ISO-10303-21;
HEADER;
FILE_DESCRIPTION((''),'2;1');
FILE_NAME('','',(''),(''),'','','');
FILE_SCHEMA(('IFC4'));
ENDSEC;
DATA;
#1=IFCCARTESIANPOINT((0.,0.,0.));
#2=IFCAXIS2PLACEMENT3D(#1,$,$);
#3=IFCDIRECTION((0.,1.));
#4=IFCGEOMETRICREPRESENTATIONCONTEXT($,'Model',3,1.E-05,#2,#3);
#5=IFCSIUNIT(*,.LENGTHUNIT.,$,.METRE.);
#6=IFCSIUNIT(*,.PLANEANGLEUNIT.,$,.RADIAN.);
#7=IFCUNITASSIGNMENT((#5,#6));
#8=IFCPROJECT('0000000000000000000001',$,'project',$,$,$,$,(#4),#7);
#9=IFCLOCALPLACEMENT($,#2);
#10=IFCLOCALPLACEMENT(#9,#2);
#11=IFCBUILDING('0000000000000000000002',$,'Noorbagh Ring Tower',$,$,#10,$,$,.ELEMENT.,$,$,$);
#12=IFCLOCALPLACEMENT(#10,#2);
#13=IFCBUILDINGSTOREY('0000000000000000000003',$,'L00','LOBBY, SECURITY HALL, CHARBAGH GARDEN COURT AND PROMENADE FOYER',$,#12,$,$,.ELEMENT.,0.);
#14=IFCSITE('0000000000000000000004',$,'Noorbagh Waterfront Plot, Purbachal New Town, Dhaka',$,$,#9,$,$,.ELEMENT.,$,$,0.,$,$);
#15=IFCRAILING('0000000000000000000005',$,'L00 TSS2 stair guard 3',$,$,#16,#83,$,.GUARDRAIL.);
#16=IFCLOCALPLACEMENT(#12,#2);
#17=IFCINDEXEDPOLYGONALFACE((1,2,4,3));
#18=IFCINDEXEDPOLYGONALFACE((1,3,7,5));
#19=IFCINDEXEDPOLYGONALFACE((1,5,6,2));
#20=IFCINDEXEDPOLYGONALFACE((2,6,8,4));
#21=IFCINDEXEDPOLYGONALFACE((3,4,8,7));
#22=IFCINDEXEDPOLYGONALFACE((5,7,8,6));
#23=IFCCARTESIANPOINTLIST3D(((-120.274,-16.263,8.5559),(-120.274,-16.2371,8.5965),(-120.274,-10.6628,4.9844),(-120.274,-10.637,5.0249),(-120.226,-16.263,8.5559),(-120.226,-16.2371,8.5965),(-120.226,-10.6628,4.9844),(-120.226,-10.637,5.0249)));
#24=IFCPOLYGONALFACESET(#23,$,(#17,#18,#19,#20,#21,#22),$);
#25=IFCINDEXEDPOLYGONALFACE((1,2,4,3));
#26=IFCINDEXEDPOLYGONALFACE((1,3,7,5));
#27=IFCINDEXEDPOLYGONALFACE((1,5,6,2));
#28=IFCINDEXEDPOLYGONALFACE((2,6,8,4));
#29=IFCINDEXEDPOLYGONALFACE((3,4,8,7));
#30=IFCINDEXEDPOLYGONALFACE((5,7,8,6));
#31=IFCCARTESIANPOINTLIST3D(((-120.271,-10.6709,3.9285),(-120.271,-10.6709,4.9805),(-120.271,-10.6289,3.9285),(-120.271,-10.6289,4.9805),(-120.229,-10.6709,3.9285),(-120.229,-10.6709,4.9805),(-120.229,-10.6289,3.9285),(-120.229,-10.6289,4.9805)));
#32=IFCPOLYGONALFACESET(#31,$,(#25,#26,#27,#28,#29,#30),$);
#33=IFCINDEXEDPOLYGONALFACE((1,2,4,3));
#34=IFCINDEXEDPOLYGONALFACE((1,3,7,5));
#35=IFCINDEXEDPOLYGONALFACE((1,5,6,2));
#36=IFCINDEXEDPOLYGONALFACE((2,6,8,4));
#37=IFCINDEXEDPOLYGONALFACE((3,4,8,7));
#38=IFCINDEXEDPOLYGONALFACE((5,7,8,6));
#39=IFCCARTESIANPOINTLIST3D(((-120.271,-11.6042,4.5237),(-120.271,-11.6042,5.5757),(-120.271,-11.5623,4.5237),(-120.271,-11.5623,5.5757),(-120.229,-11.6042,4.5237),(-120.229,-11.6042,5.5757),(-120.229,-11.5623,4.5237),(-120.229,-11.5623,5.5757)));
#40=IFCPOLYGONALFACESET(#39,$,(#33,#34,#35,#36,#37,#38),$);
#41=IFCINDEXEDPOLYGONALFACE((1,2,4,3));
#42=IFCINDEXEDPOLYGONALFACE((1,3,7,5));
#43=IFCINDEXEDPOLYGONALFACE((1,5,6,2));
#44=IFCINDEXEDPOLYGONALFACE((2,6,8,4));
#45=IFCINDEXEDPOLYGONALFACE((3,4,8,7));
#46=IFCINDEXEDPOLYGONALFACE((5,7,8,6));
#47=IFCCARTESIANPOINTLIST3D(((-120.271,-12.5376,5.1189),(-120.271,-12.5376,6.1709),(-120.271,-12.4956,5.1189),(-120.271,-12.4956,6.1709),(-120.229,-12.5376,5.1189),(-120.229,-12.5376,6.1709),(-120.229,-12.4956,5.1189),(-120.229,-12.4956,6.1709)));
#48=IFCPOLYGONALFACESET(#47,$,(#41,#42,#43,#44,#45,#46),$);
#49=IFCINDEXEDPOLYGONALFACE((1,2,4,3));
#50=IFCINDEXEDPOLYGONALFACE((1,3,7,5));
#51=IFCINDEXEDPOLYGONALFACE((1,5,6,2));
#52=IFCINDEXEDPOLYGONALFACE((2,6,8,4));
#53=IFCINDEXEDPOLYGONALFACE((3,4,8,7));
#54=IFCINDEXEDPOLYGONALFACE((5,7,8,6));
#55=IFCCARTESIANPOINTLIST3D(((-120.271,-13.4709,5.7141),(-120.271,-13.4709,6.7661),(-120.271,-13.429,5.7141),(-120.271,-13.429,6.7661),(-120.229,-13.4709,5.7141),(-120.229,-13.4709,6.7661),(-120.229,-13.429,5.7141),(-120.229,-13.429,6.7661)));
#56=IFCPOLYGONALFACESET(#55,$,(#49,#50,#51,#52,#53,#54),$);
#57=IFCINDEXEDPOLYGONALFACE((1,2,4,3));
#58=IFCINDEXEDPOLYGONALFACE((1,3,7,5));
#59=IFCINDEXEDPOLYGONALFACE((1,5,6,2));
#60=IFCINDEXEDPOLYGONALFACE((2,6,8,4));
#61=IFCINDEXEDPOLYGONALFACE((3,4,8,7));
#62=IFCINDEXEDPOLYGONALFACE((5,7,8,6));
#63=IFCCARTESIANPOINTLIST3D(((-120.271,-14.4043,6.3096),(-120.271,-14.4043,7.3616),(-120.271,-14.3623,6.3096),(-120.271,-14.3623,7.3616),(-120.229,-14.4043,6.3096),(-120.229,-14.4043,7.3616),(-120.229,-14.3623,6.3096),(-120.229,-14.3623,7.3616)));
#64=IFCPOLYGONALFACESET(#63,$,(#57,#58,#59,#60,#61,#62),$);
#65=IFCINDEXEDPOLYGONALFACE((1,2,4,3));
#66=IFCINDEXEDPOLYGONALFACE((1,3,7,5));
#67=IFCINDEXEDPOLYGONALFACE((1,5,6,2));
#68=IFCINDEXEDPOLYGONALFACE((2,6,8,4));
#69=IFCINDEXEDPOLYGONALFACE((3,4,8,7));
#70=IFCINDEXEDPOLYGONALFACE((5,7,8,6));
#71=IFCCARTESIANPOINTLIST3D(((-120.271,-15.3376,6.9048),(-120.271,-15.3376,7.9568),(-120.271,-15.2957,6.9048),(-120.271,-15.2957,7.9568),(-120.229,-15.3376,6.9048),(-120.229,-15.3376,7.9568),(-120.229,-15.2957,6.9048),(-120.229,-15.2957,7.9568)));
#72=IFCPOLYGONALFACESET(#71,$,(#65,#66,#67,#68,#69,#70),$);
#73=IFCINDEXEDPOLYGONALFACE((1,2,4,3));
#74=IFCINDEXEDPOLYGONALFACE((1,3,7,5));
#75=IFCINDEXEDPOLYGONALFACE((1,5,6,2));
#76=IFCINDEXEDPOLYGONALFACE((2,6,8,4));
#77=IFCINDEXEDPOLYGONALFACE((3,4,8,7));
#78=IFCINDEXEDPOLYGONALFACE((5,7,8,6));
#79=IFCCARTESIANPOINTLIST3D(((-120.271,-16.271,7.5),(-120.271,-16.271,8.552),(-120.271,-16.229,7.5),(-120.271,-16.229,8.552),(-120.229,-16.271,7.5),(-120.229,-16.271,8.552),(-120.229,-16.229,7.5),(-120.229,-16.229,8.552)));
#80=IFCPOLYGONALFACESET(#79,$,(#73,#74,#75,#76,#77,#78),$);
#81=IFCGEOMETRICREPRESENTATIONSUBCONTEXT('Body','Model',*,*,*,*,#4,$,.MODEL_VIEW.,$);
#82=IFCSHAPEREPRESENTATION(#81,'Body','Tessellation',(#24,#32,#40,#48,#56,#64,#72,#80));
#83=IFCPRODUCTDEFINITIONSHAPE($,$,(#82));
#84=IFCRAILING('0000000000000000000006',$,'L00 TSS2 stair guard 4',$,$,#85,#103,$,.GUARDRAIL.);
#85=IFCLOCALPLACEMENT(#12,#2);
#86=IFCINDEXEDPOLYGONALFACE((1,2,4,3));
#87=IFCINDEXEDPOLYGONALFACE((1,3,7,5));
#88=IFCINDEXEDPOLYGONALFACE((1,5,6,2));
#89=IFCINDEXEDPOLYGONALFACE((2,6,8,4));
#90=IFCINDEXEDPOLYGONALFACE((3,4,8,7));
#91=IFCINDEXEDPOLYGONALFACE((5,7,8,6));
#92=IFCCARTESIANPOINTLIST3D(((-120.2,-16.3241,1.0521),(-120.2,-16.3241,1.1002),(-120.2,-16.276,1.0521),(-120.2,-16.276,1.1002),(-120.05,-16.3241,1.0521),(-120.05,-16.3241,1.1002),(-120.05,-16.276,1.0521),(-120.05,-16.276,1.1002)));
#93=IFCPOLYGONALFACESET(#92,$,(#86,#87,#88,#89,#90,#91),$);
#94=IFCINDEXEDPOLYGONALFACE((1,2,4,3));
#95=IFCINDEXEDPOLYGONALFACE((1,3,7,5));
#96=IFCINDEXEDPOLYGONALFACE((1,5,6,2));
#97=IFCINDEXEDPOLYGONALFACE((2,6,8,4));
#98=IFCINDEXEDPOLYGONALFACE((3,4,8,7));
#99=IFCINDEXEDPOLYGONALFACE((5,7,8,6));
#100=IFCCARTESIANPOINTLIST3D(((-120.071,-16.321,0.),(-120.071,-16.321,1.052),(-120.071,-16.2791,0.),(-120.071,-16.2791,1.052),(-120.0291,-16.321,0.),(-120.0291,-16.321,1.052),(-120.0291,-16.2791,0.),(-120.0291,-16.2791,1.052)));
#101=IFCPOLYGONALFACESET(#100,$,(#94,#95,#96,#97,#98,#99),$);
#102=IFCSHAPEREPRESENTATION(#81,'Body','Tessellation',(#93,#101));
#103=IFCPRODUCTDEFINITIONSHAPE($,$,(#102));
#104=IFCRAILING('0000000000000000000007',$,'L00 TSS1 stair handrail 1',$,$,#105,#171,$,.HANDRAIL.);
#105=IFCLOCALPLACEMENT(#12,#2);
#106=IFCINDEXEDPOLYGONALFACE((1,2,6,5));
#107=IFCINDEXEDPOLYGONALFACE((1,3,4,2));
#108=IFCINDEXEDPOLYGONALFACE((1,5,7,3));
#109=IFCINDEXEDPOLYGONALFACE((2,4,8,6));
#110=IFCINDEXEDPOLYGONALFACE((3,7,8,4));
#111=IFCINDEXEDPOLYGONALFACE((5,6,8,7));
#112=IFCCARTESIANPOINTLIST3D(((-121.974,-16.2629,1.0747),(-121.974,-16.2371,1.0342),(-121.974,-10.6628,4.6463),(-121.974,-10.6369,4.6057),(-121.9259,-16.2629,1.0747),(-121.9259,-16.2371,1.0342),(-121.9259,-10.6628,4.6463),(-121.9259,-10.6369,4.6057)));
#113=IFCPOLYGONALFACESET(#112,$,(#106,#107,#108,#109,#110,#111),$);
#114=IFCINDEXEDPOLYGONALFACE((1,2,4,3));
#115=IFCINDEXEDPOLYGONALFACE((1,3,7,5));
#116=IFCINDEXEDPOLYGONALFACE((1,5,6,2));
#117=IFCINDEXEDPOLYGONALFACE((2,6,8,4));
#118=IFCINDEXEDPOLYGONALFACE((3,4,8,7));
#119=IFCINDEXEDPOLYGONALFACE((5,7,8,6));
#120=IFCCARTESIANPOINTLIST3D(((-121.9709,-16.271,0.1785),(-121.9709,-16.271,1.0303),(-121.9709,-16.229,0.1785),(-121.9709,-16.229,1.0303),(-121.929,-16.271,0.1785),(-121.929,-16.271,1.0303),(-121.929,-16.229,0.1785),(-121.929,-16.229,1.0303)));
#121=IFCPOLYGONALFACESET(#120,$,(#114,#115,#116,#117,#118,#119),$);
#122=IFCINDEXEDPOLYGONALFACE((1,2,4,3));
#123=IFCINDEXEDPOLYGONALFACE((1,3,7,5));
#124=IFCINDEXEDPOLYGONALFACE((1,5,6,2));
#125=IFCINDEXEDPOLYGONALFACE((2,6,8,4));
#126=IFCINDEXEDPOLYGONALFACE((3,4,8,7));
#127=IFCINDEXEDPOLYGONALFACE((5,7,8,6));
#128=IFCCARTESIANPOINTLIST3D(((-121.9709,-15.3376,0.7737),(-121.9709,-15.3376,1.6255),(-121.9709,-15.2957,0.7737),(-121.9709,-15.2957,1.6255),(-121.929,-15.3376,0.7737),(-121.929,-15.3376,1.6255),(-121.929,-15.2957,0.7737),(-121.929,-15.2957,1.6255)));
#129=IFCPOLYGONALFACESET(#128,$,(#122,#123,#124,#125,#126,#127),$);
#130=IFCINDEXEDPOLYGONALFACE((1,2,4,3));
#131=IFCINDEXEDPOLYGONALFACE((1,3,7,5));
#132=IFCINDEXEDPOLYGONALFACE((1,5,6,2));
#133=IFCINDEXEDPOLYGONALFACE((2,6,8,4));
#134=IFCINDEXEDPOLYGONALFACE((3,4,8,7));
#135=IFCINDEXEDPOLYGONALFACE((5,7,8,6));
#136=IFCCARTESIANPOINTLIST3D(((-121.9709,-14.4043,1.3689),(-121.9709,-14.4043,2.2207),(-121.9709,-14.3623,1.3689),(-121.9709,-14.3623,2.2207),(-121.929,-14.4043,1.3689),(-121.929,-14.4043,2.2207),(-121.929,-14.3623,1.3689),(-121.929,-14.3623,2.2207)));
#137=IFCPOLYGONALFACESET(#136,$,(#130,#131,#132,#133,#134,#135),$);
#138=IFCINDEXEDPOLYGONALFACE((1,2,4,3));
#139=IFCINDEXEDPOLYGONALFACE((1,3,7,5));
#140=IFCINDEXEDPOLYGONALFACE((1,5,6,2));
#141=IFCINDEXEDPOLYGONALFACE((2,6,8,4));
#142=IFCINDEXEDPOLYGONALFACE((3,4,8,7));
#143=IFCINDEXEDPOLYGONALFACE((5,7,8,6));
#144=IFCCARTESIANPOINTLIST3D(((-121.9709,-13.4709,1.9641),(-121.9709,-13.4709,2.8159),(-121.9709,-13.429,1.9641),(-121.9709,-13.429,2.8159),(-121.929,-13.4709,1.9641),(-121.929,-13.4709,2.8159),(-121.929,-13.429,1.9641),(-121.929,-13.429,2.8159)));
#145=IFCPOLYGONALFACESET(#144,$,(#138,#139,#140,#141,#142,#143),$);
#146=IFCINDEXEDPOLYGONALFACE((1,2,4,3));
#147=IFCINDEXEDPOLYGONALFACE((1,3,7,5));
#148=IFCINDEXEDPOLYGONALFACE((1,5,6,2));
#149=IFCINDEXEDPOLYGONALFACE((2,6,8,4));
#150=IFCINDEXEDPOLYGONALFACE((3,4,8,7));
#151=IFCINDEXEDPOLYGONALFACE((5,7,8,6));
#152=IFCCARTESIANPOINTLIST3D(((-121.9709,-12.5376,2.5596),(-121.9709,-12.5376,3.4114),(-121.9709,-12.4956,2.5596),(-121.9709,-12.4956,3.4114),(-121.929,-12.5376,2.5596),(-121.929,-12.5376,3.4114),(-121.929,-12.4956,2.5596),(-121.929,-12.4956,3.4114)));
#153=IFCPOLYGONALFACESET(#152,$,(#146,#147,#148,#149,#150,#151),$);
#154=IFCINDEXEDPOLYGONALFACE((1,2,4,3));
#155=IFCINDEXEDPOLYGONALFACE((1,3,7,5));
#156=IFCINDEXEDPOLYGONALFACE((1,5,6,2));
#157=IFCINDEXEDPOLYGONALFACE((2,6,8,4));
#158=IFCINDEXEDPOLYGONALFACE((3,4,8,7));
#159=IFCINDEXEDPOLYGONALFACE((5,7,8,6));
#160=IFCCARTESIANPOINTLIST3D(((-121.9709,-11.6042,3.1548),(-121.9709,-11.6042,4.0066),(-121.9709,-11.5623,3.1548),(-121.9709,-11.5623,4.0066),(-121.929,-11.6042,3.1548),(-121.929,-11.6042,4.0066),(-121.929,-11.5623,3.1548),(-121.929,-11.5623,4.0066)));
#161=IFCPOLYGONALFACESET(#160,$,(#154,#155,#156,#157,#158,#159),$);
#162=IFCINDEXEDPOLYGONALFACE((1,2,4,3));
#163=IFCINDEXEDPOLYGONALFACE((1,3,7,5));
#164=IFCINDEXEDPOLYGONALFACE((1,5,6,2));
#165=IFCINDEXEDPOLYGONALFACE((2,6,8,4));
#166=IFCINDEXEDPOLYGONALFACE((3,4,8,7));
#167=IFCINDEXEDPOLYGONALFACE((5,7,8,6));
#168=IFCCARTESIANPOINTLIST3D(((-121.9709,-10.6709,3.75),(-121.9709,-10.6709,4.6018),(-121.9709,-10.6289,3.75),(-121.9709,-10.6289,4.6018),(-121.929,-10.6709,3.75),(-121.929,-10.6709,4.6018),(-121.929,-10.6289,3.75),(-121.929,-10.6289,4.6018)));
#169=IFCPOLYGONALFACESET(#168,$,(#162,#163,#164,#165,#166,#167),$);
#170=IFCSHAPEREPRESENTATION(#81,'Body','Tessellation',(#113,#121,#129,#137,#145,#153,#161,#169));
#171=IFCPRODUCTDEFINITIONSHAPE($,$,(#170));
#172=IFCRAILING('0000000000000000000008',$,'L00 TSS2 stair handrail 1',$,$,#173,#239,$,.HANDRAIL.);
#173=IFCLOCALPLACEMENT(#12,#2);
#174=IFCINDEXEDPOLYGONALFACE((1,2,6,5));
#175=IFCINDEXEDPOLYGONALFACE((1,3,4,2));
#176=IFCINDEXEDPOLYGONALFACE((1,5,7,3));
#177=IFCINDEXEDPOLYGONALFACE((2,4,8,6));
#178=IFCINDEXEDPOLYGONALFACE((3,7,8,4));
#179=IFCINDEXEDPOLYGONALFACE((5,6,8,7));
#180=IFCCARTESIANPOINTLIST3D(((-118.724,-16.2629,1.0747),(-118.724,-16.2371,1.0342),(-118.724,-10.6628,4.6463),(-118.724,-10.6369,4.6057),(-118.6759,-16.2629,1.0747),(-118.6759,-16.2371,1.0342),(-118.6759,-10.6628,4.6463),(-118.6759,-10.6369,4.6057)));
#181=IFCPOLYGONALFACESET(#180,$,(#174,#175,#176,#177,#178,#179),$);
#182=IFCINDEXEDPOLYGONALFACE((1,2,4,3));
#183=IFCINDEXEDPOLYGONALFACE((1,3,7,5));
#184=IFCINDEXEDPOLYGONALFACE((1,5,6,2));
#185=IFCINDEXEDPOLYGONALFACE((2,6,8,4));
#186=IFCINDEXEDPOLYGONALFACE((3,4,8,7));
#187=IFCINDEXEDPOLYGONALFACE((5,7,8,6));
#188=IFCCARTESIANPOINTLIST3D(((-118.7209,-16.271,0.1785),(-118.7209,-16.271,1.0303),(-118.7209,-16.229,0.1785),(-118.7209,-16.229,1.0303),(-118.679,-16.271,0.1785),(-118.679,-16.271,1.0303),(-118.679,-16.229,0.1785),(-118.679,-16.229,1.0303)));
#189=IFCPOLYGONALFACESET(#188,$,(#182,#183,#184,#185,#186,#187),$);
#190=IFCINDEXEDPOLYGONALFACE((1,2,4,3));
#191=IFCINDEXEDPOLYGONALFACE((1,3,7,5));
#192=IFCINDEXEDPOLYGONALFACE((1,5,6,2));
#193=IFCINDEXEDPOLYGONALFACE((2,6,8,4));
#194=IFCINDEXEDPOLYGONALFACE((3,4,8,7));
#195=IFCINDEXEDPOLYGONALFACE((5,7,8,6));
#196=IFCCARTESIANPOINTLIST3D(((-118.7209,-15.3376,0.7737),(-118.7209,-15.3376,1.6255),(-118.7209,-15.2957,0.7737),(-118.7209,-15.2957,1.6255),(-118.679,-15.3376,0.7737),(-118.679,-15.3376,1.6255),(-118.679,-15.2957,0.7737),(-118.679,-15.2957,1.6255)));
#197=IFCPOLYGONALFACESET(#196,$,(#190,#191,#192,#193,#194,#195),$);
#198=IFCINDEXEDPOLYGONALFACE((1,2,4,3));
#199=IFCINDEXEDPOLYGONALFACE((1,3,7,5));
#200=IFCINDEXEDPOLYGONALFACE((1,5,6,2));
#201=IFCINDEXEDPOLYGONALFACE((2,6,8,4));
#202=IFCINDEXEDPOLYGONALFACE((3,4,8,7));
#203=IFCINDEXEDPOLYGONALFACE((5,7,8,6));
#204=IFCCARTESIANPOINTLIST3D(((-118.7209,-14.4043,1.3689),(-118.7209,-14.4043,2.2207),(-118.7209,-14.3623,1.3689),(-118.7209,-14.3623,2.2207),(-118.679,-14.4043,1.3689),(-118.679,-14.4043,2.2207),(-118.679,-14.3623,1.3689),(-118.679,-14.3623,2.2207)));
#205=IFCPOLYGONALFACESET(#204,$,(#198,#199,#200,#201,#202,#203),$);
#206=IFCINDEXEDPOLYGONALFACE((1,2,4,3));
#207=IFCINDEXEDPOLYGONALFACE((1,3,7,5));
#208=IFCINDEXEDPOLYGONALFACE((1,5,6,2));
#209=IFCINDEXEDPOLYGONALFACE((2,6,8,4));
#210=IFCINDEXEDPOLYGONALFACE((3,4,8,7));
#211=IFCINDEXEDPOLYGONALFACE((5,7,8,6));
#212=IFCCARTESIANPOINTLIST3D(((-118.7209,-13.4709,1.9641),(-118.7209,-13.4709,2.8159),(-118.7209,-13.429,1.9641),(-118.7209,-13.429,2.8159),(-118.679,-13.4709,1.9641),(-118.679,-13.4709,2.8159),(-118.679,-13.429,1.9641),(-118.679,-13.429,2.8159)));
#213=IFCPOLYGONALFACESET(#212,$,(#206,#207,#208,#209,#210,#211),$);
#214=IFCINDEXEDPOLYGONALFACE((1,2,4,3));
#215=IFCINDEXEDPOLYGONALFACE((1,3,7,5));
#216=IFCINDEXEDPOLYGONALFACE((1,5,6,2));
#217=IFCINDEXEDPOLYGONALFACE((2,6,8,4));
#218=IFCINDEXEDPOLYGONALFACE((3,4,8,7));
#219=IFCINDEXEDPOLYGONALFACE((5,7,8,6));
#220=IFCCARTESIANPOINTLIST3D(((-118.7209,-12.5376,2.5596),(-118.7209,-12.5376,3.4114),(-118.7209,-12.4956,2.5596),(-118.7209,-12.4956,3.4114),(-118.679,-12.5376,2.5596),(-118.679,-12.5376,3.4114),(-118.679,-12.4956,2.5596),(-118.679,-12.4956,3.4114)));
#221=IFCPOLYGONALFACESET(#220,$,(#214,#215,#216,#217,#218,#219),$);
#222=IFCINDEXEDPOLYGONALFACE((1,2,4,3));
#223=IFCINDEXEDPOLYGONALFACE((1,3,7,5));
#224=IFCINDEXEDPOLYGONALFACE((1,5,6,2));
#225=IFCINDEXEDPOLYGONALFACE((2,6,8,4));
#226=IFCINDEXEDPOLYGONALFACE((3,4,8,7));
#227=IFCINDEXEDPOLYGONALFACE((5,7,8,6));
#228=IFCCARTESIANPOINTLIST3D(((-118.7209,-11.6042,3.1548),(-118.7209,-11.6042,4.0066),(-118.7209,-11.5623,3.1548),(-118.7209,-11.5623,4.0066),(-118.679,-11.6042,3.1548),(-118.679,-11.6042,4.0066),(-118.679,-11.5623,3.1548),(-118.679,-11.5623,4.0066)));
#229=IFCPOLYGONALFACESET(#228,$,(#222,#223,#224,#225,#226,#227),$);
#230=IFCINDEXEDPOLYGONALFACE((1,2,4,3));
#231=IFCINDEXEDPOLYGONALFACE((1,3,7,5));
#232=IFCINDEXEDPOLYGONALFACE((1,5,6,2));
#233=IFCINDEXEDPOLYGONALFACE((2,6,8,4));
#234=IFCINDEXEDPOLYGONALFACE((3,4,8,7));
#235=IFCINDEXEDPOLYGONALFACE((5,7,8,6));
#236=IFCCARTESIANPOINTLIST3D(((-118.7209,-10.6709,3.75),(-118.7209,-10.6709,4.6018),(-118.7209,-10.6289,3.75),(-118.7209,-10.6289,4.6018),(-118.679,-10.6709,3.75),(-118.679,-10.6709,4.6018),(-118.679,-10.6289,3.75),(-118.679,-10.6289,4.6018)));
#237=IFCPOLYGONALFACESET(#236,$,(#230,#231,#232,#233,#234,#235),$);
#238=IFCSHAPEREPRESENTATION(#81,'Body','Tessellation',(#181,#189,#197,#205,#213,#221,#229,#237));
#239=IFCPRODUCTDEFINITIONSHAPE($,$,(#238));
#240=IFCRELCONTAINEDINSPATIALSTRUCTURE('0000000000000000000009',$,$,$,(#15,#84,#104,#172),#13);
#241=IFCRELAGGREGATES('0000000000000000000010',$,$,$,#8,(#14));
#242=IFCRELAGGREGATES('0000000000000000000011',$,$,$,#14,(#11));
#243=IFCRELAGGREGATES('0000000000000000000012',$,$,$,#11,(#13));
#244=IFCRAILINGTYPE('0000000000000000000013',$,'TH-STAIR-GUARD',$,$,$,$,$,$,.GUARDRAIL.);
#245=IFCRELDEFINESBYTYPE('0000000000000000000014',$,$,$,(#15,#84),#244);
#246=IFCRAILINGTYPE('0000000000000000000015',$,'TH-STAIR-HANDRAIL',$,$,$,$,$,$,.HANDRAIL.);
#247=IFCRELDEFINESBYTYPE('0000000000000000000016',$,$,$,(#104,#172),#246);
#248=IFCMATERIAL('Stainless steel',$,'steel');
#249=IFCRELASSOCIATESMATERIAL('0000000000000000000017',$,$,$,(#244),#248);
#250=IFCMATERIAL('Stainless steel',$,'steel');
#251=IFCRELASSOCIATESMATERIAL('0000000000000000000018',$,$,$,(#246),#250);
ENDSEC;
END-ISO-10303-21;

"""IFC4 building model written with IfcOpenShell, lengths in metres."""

from ifc_helpers import new_model, si_unit, direction, frame, origin, origin_2d, place, context, subcontext, project, spatial, rectangle, extrude, material, type_object, element, save


model = new_model("IFC4")

# Units and contexts
model_context = context("Model", 3, precision=1e-05, world=origin(), true_north=direction((0.0, 1.0)))
body_context = subcontext(model_context, "Body", "Model", "MODEL_VIEW")
ifc_project = project(units=[si_unit("LENGTHUNIT", "METRE"), si_unit("PLANEANGLEUNIT", "RADIAN")], contexts=[model_context])

# Site, building, storey
site_placement = place(None, origin())
site = spatial("IfcSite", under=ifc_project, at=site_placement, Name="Noorbagh Waterfront Plot, Purbachal New Town, Dhaka", CompositionType="ELEMENT", RefElevation=0.0)
building_placement = place(site_placement, origin())
building = spatial("IfcBuilding", under=site, at=building_placement, Name="Noorbagh Ring Tower", CompositionType="ELEMENT")
storey_placement = place(building_placement, origin())
storey = spatial("IfcBuildingStorey", under=building, at=storey_placement, Name="L00", Description="LOBBY, SECURITY HALL, CHARBAGH GARDEN COURT AND PROMENADE FOYER", CompositionType="ELEMENT", Elevation=0.0)

# Railings
ifc_material_1 = material(Name="Stainless steel", Category="steel")
railing_type_1 = type_object("IfcRailingType", Name="TH-STAIR-GUARD", PredefinedType="GUARDRAIL", material=ifc_material_1)
railing_1_placement = place(storey_placement, frame((-120.25, -10.6499, 3.9285)))
element("IfcRailing", 1, at=railing_1_placement, inside=storey, type_object=railing_type_1, Name="L00 TSS2 stair guard 3", PredefinedType="GUARDRAIL", context=body_context, shape_type="SweptSolid", body=[
    extrude(rectangle(XDim=0.0481, YDim=0.0481, at=origin_2d()), frame((0.0, 0.0, 1.0762), z_axis=(0.0, -0.843127, 0.537715), x_axis=(1.0, 0.0, 0.0)), (0.0, 0.0, 1.0), 6.6421),
    extrude(rectangle(XDim=0.042, YDim=0.042, at=origin_2d()), origin(), (0.0, 0.0, 1.0), 1.052),
    extrude(rectangle(XDim=0.042, YDim=0.042, at=origin_2d()), frame((0.0, -0.9333, 0.5952)), (0.0, 0.0, 1.0), 1.052),
    extrude(rectangle(XDim=0.042, YDim=0.042, at=origin_2d()), frame((0.0, -1.8667, 1.1904)), (0.0, 0.0, 1.0), 1.052),
    extrude(rectangle(XDim=0.042, YDim=0.042, at=origin_2d()), frame((0.0, -2.8, 1.7856)), (0.0, 0.0, 1.0), 1.052),
    extrude(rectangle(XDim=0.042, YDim=0.042, at=origin_2d()), frame((0.0, -3.7334, 2.3811)), (0.0, 0.0, 1.0), 1.052),
    extrude(rectangle(XDim=0.042, YDim=0.042, at=origin_2d()), frame((0.0, -4.6667, 2.9763)), (0.0, 0.0, 1.0), 1.052),
    extrude(rectangle(XDim=0.042, YDim=0.042, at=origin_2d()), frame((0.0, -5.6001, 3.5715)), (0.0, 0.0, 1.0), 1.052),
])
railing_2_placement = place(storey_placement, frame((-120.05, -16.3, 0.0)))
element("IfcRailing", 2, at=railing_2_placement, inside=storey, type_object=railing_type_1, Name="L00 TSS2 stair guard 4", PredefinedType="GUARDRAIL", context=body_context, shape_type="SweptSolid", body=[
    extrude(rectangle(XDim=0.0481, YDim=0.0481, at=origin_2d()), frame((0.0, 0.0, 1.0762), z_axis=(-1.0, 0.0, 0.0), x_axis=(0.0, -1.0, 0.0)), (0.0, 0.0, 1.0), 0.1499),
    extrude(rectangle(XDim=0.042, YDim=0.042, at=origin_2d()), origin(), (0.0, 0.0, 1.0), 1.052),
])
ifc_material_2 = material(Name="Stainless steel", Category="steel")
railing_type_2 = type_object("IfcRailingType", Name="TH-STAIR-HANDRAIL", PredefinedType="HANDRAIL", material=ifc_material_2)
for number, where, name in (
    (3, (-121.95, -16.25, 0.1785), "L00 TSS1 stair handrail 1"),
    (4, (-118.7, -16.25, 0.1785), "L00 TSS2 stair handrail 1"),
):
    element("IfcRailing", number, at=place(storey_placement, frame(where)), inside=storey, type_object=railing_type_2, Name=name, PredefinedType="HANDRAIL", context=body_context, shape_type="SweptSolid", body=[
        extrude(rectangle(XDim=0.0481, YDim=0.0481, at=origin_2d()), frame((0.0, 0.0, 0.876), z_axis=(0.0, 0.843127, 0.537715), x_axis=(-1.0, 0.0, 0.0)), (0.0, 0.0, 1.0), 6.6421),
        extrude(rectangle(XDim=0.042, YDim=0.042, at=origin_2d()), origin(), (0.0, 0.0, 1.0), 0.8518),
        extrude(rectangle(XDim=0.042, YDim=0.042, at=origin_2d()), frame((0.0, 0.9333, 0.5952)), (0.0, 0.0, 1.0), 0.8518),
        extrude(rectangle(XDim=0.042, YDim=0.042, at=origin_2d()), frame((0.0, 1.8667, 1.1904)), (0.0, 0.0, 1.0), 0.8518),
        extrude(rectangle(XDim=0.042, YDim=0.042, at=origin_2d()), frame((0.0, 2.8, 1.7856)), (0.0, 0.0, 1.0), 0.8518),
        extrude(rectangle(XDim=0.042, YDim=0.042, at=origin_2d()), frame((0.0, 3.7334, 2.3811)), (0.0, 0.0, 1.0), 0.8518),
        extrude(rectangle(XDim=0.042, YDim=0.042, at=origin_2d()), frame((0.0, 4.6667, 2.9763)), (0.0, 0.0, 1.0), 0.8518),
        extrude(rectangle(XDim=0.042, YDim=0.042, at=origin_2d()), frame((0.0, 5.6001, 3.5715)), (0.0, 0.0, 1.0), 0.8518),
    ])

save(model, "model.ifc")
